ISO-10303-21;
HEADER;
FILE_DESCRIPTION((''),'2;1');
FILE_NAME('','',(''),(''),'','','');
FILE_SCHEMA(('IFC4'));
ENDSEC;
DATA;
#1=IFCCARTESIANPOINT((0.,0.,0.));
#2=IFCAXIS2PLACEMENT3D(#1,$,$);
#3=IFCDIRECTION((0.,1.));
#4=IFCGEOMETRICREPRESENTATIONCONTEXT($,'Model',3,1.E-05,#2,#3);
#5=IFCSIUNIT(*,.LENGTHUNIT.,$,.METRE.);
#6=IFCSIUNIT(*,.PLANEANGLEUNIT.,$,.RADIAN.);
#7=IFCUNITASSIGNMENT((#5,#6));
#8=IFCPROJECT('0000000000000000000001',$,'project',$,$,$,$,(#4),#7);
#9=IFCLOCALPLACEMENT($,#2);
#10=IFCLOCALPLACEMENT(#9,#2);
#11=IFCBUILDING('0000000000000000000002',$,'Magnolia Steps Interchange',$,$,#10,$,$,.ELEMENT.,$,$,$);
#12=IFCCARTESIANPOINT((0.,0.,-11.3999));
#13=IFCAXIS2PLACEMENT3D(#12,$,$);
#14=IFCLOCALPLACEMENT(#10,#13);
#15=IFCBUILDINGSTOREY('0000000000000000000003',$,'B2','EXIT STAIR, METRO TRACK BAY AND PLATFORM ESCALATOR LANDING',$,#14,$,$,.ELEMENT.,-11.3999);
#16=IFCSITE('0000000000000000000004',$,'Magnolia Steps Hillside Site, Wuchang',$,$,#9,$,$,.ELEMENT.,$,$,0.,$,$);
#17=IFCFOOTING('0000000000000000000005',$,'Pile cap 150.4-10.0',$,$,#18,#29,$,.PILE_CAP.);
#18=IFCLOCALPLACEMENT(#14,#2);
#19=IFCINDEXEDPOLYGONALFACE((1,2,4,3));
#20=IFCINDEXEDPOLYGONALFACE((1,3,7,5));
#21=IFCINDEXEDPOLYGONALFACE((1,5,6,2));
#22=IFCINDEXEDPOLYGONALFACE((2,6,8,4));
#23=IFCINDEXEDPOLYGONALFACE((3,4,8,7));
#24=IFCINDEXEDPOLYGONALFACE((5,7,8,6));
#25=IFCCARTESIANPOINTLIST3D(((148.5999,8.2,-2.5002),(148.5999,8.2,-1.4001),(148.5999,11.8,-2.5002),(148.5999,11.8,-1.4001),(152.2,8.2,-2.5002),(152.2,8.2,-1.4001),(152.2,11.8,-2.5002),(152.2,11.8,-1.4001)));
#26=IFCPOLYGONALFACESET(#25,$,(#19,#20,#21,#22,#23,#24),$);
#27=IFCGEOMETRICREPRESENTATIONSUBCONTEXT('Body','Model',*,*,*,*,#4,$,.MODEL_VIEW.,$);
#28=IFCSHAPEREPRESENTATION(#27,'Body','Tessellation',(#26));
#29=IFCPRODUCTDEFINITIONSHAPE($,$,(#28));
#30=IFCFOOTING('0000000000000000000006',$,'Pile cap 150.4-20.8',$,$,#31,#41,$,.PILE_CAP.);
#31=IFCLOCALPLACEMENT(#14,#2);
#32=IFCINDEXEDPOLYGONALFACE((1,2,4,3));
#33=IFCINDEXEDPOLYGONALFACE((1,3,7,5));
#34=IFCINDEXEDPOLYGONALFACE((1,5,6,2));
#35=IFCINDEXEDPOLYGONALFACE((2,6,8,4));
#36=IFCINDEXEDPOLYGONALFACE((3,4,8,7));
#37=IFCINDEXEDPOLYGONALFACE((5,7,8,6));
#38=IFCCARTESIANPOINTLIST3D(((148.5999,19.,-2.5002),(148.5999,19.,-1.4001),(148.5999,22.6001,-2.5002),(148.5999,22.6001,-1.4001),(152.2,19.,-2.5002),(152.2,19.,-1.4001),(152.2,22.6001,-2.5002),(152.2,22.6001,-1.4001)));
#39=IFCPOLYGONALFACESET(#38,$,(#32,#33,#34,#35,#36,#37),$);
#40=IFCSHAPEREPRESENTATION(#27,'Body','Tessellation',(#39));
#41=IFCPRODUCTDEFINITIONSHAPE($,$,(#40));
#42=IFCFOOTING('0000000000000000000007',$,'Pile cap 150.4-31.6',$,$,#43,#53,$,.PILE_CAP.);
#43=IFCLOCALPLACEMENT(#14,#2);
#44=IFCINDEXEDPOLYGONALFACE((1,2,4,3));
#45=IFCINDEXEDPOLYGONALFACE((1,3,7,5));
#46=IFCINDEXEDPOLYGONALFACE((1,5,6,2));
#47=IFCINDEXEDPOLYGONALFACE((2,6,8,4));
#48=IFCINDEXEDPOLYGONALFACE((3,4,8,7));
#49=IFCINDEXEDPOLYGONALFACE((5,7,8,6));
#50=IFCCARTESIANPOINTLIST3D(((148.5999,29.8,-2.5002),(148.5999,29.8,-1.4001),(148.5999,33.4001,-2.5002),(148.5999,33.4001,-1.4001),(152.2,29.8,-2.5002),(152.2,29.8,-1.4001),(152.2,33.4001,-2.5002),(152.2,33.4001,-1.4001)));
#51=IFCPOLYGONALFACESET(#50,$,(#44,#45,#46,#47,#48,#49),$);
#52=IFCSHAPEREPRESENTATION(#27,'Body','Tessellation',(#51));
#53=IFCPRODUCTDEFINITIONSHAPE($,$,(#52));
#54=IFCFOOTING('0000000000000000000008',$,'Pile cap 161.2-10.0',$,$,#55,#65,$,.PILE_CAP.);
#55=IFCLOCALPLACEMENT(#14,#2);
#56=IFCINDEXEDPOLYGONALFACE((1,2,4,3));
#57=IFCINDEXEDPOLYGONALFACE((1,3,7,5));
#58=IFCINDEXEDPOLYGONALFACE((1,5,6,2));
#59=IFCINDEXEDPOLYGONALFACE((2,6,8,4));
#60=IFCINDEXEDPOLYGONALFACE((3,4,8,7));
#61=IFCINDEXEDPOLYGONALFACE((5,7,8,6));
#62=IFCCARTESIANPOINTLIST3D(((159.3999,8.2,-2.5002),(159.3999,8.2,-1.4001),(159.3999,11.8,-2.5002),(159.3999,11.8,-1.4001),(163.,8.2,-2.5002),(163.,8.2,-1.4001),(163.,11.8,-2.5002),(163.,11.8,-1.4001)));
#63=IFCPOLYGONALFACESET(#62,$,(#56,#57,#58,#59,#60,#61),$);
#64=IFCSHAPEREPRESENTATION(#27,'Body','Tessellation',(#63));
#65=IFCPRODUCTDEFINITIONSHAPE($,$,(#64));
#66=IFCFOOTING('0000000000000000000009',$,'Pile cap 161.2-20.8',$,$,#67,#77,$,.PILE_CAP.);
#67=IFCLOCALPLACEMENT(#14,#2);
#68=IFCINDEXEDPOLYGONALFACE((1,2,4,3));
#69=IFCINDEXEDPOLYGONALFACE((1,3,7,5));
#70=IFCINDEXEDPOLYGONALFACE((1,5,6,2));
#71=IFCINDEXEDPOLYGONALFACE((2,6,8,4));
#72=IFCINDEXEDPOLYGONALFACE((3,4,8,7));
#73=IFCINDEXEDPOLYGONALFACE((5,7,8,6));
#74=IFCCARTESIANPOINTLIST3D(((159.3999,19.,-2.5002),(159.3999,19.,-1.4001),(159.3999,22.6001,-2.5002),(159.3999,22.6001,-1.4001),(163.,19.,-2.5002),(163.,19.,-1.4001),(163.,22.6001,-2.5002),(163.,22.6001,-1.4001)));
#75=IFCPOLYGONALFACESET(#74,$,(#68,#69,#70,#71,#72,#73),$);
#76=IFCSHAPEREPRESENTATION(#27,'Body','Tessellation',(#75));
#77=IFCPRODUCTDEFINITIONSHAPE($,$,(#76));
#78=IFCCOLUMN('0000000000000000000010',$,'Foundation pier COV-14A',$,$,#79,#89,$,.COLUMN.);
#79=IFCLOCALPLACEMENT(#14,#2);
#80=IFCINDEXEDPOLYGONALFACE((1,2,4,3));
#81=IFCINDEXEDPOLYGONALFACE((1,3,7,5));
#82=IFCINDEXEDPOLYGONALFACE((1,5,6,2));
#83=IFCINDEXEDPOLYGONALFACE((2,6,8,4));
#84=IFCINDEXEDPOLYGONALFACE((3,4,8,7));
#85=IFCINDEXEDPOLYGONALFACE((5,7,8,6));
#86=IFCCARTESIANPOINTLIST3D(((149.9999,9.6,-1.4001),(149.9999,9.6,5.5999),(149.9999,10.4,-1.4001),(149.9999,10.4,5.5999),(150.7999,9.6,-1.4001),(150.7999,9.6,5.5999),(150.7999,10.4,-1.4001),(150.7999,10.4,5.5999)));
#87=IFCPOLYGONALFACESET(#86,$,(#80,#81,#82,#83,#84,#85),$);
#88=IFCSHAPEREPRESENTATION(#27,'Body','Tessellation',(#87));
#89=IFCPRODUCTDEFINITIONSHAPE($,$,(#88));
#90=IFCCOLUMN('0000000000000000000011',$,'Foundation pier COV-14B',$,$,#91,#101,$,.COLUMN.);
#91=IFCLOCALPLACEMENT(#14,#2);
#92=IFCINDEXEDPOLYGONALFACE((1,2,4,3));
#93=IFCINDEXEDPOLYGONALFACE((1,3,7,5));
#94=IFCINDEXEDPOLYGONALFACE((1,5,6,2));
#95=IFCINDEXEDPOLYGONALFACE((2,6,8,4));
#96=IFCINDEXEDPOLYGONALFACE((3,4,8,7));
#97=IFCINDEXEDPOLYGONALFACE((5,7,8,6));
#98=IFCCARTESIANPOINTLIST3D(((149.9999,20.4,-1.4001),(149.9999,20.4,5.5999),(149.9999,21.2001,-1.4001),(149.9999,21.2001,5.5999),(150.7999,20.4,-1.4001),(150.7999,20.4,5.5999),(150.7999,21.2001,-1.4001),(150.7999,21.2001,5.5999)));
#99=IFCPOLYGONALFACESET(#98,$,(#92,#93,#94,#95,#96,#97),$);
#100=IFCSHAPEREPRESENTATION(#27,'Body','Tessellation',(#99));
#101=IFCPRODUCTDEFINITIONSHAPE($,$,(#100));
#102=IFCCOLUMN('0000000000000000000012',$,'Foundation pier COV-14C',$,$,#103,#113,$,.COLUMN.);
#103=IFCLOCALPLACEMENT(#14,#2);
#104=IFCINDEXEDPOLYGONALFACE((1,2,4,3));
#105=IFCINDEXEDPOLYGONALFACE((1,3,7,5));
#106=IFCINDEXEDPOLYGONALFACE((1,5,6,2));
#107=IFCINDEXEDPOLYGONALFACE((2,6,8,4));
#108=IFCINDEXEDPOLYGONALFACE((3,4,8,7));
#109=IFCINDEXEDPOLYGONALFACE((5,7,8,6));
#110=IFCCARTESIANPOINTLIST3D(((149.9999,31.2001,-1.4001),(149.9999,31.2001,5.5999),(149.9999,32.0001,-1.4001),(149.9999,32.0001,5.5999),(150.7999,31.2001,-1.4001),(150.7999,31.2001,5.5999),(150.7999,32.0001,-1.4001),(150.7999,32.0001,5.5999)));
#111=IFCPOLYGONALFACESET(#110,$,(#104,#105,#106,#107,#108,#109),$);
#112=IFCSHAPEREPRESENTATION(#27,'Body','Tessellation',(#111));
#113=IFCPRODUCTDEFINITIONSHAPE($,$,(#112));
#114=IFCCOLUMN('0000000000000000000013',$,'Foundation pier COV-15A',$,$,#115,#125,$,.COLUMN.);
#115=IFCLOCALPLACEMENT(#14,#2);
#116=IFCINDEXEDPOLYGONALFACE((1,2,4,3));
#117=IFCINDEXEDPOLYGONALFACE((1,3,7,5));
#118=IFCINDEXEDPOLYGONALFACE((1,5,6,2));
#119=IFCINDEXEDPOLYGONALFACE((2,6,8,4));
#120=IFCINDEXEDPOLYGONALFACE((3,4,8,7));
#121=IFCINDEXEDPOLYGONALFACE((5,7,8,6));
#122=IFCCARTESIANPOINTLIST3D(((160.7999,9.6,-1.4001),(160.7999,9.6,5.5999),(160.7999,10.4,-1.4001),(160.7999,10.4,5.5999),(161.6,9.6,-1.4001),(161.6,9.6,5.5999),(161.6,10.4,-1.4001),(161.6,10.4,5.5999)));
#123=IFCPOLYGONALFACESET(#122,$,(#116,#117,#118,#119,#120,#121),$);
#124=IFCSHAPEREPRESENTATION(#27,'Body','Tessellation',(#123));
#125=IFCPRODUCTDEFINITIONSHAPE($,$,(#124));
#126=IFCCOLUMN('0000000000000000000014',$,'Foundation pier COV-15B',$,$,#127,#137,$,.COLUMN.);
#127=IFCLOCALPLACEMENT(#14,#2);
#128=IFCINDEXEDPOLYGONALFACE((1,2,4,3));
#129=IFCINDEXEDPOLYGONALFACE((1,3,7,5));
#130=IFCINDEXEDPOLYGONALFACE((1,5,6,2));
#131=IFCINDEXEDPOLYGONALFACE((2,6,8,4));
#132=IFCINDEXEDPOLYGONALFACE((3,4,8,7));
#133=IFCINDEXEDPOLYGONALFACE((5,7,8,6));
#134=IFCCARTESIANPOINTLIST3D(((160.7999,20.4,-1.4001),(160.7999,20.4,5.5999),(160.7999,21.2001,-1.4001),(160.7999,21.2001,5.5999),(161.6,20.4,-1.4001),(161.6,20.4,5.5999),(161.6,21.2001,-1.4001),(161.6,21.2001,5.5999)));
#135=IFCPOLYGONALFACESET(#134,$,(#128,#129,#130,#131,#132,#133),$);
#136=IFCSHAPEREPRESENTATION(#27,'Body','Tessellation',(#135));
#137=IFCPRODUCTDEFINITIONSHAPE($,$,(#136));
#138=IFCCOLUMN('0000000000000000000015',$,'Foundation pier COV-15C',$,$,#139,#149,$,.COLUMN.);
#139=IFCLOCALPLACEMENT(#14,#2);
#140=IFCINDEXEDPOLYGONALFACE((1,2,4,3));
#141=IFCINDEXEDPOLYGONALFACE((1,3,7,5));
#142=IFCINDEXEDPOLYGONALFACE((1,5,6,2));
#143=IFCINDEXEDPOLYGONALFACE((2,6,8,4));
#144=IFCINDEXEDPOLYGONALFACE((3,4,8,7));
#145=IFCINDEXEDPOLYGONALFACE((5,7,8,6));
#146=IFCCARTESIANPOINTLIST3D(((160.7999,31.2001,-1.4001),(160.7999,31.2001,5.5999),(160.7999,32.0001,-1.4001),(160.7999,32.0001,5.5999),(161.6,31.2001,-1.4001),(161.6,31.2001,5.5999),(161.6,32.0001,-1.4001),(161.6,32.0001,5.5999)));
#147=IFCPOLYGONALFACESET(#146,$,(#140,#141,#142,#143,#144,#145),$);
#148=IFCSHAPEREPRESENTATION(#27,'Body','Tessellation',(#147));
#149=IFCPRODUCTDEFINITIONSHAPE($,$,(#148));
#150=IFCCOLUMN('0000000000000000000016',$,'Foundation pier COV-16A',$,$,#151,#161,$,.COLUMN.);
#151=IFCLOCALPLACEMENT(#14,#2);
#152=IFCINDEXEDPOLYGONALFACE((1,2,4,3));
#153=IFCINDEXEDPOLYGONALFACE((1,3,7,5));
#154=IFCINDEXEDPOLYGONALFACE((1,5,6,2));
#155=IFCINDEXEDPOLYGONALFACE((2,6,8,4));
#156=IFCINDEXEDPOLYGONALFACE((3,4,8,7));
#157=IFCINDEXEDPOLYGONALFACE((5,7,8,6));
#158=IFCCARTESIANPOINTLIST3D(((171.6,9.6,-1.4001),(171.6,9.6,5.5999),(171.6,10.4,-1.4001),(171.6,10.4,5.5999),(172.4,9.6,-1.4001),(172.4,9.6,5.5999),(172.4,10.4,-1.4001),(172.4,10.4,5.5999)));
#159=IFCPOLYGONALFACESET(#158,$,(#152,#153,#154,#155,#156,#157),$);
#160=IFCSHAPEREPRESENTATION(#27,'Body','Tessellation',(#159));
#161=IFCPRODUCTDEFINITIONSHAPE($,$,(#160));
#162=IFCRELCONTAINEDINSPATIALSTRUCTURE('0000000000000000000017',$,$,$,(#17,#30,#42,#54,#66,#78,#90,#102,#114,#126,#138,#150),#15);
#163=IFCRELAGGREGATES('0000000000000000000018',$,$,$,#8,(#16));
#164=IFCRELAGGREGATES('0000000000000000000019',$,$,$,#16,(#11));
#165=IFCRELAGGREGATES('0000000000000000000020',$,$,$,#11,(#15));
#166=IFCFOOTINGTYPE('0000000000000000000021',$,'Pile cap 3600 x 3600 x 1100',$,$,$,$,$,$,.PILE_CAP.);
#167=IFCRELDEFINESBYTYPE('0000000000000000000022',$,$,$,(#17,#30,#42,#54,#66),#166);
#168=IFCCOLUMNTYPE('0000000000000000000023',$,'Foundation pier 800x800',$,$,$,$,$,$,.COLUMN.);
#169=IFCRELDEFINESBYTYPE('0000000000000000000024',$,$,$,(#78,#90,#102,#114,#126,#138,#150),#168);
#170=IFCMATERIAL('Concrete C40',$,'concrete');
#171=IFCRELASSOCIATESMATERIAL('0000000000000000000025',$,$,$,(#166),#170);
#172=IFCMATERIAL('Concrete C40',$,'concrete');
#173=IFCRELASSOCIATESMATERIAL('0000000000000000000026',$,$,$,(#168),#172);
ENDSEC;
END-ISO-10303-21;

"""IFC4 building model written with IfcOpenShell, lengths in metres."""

from ifc_helpers import new_model, si_unit, direction, frame, origin, origin_2d, place, context, subcontext, project, spatial, rectangle, extrude, material, material_profile, profile_set, type_object, element, save


model = new_model("IFC4")

# Units and contexts
model_context = context("Model", 3, precision=1e-05, world=origin(), true_north=direction((0.0, 1.0)))
body_context = subcontext(model_context, "Body", "Model", "MODEL_VIEW")
ifc_project = project(units=[si_unit("LENGTHUNIT", "METRE"), si_unit("PLANEANGLEUNIT", "RADIAN")], contexts=[model_context])

# Site, building, storey
site_placement = place(None, origin())
site = spatial("IfcSite", under=ifc_project, at=site_placement, Name="Magnolia Steps Hillside Site, Wuchang", CompositionType="ELEMENT", RefElevation=0.0)
building_placement = place(site_placement, origin())
building = spatial("IfcBuilding", under=site, at=building_placement, Name="Magnolia Steps Interchange", CompositionType="ELEMENT")
storey_placement = place(building_placement, frame((0.0, 0.0, -11.3999)))
storey = spatial("IfcBuildingStorey", under=building, at=storey_placement, Name="B2", Description="EXIT STAIR, METRO TRACK BAY AND PLATFORM ESCALATOR LANDING", CompositionType="ELEMENT", Elevation=-11.3999)

# Footings
ifc_material_1 = material(Name="Concrete C40", Category="concrete")
footing_type = type_object("IfcFootingType", Name="Pile cap 3600 x 3600 x 1100", PredefinedType="PILE_CAP", material=ifc_material_1)
for number, where, z_axis, x_axis, name in (
    (1, (150.3999, 10.0, -2.5002), (0.0, 0.0, 1.0), (1.0, 0.0, 0.0), "Pile cap 150.4-10.0"),
    (2, (150.3999, 20.8, -2.5002), (0.0, 0.0, 1.0), (1.0, 0.0, 0.0), "Pile cap 150.4-20.8"),
    (3, (150.3999, 31.6001, -2.5002), (0.0, 0.0, 1.0), (1.0, 0.0, 0.0), "Pile cap 150.4-31.6"),
    (4, (161.2, 10.0, -2.5002), (0.0, 0.0, 1.0), (1.0, 0.0, 0.0), "Pile cap 161.2-10.0"),
    (5, (161.2, 20.8, -2.5002), (0.0, 0.0, 1.0), (1.0, 0.0, 0.0), "Pile cap 161.2-20.8"),
):
    element("IfcFooting", number, at=place(storey_placement, frame(where, z_axis=z_axis, x_axis=x_axis)), inside=storey, type_object=footing_type, Name=name, PredefinedType="PILE_CAP", context=body_context, shape_type="SweptSolid", body=[
        extrude(rectangle(XDim=3.6001, YDim=3.6001, at=origin_2d()), origin(), (0.0, 0.0, 1.0), 1.1001),
    ])

# Columns
ifc_material_2 = material(Name="Concrete C40", Category="concrete")
ifc_material_profile_1 = material_profile(ifc_material_2, rectangle(XDim=0.8, YDim=0.8, at=origin_2d()), Name="RC800x800")
ifc_profile_set_1 = profile_set([ifc_material_profile_1], Name="Concrete C40")
column_type = type_object("IfcColumnType", Name="Foundation pier 800x800", PredefinedType="COLUMN", material=ifc_profile_set_1)
for number, where, z_axis, x_axis, name in (
    (6, (150.3999, 10.0, -1.4001), (0.0, 0.0, 1.0), (1.0, 0.0, 0.0), "Foundation pier COV-14A"),
    (7, (150.3999, 20.8, -1.4001), (0.0, 0.0, 1.0), (1.0, 0.0, 0.0), "Foundation pier COV-14B"),
    (8, (150.3999, 31.6001, -1.4001), (0.0, 0.0, 1.0), (1.0, 0.0, 0.0), "Foundation pier COV-14C"),
    (9, (161.2, 10.0, -1.4001), (0.0, 0.0, 1.0), (1.0, 0.0, 0.0), "Foundation pier COV-15A"),
    (10, (161.2, 20.8, -1.4001), (0.0, 0.0, 1.0), (1.0, 0.0, 0.0), "Foundation pier COV-15B"),
    (11, (161.2, 31.6001, -1.4001), (0.0, 0.0, 1.0), (1.0, 0.0, 0.0), "Foundation pier COV-15C"),
    (12, (172.0, 10.0, -1.4001), (0.0, 0.0, 1.0), (1.0, 0.0, 0.0), "Foundation pier COV-16A"),
):
    element("IfcColumn", number, at=place(storey_placement, frame(where, z_axis=z_axis, x_axis=x_axis)), inside=storey, type_object=column_type, Name=name, PredefinedType="COLUMN", context=body_context, shape_type="SweptSolid", body=[
        extrude(rectangle(XDim=0.8, YDim=0.8, at=origin_2d()), origin(), (0.0, 0.0, 1.0), 7.0),
    ])

save(model, "model.ifc")
